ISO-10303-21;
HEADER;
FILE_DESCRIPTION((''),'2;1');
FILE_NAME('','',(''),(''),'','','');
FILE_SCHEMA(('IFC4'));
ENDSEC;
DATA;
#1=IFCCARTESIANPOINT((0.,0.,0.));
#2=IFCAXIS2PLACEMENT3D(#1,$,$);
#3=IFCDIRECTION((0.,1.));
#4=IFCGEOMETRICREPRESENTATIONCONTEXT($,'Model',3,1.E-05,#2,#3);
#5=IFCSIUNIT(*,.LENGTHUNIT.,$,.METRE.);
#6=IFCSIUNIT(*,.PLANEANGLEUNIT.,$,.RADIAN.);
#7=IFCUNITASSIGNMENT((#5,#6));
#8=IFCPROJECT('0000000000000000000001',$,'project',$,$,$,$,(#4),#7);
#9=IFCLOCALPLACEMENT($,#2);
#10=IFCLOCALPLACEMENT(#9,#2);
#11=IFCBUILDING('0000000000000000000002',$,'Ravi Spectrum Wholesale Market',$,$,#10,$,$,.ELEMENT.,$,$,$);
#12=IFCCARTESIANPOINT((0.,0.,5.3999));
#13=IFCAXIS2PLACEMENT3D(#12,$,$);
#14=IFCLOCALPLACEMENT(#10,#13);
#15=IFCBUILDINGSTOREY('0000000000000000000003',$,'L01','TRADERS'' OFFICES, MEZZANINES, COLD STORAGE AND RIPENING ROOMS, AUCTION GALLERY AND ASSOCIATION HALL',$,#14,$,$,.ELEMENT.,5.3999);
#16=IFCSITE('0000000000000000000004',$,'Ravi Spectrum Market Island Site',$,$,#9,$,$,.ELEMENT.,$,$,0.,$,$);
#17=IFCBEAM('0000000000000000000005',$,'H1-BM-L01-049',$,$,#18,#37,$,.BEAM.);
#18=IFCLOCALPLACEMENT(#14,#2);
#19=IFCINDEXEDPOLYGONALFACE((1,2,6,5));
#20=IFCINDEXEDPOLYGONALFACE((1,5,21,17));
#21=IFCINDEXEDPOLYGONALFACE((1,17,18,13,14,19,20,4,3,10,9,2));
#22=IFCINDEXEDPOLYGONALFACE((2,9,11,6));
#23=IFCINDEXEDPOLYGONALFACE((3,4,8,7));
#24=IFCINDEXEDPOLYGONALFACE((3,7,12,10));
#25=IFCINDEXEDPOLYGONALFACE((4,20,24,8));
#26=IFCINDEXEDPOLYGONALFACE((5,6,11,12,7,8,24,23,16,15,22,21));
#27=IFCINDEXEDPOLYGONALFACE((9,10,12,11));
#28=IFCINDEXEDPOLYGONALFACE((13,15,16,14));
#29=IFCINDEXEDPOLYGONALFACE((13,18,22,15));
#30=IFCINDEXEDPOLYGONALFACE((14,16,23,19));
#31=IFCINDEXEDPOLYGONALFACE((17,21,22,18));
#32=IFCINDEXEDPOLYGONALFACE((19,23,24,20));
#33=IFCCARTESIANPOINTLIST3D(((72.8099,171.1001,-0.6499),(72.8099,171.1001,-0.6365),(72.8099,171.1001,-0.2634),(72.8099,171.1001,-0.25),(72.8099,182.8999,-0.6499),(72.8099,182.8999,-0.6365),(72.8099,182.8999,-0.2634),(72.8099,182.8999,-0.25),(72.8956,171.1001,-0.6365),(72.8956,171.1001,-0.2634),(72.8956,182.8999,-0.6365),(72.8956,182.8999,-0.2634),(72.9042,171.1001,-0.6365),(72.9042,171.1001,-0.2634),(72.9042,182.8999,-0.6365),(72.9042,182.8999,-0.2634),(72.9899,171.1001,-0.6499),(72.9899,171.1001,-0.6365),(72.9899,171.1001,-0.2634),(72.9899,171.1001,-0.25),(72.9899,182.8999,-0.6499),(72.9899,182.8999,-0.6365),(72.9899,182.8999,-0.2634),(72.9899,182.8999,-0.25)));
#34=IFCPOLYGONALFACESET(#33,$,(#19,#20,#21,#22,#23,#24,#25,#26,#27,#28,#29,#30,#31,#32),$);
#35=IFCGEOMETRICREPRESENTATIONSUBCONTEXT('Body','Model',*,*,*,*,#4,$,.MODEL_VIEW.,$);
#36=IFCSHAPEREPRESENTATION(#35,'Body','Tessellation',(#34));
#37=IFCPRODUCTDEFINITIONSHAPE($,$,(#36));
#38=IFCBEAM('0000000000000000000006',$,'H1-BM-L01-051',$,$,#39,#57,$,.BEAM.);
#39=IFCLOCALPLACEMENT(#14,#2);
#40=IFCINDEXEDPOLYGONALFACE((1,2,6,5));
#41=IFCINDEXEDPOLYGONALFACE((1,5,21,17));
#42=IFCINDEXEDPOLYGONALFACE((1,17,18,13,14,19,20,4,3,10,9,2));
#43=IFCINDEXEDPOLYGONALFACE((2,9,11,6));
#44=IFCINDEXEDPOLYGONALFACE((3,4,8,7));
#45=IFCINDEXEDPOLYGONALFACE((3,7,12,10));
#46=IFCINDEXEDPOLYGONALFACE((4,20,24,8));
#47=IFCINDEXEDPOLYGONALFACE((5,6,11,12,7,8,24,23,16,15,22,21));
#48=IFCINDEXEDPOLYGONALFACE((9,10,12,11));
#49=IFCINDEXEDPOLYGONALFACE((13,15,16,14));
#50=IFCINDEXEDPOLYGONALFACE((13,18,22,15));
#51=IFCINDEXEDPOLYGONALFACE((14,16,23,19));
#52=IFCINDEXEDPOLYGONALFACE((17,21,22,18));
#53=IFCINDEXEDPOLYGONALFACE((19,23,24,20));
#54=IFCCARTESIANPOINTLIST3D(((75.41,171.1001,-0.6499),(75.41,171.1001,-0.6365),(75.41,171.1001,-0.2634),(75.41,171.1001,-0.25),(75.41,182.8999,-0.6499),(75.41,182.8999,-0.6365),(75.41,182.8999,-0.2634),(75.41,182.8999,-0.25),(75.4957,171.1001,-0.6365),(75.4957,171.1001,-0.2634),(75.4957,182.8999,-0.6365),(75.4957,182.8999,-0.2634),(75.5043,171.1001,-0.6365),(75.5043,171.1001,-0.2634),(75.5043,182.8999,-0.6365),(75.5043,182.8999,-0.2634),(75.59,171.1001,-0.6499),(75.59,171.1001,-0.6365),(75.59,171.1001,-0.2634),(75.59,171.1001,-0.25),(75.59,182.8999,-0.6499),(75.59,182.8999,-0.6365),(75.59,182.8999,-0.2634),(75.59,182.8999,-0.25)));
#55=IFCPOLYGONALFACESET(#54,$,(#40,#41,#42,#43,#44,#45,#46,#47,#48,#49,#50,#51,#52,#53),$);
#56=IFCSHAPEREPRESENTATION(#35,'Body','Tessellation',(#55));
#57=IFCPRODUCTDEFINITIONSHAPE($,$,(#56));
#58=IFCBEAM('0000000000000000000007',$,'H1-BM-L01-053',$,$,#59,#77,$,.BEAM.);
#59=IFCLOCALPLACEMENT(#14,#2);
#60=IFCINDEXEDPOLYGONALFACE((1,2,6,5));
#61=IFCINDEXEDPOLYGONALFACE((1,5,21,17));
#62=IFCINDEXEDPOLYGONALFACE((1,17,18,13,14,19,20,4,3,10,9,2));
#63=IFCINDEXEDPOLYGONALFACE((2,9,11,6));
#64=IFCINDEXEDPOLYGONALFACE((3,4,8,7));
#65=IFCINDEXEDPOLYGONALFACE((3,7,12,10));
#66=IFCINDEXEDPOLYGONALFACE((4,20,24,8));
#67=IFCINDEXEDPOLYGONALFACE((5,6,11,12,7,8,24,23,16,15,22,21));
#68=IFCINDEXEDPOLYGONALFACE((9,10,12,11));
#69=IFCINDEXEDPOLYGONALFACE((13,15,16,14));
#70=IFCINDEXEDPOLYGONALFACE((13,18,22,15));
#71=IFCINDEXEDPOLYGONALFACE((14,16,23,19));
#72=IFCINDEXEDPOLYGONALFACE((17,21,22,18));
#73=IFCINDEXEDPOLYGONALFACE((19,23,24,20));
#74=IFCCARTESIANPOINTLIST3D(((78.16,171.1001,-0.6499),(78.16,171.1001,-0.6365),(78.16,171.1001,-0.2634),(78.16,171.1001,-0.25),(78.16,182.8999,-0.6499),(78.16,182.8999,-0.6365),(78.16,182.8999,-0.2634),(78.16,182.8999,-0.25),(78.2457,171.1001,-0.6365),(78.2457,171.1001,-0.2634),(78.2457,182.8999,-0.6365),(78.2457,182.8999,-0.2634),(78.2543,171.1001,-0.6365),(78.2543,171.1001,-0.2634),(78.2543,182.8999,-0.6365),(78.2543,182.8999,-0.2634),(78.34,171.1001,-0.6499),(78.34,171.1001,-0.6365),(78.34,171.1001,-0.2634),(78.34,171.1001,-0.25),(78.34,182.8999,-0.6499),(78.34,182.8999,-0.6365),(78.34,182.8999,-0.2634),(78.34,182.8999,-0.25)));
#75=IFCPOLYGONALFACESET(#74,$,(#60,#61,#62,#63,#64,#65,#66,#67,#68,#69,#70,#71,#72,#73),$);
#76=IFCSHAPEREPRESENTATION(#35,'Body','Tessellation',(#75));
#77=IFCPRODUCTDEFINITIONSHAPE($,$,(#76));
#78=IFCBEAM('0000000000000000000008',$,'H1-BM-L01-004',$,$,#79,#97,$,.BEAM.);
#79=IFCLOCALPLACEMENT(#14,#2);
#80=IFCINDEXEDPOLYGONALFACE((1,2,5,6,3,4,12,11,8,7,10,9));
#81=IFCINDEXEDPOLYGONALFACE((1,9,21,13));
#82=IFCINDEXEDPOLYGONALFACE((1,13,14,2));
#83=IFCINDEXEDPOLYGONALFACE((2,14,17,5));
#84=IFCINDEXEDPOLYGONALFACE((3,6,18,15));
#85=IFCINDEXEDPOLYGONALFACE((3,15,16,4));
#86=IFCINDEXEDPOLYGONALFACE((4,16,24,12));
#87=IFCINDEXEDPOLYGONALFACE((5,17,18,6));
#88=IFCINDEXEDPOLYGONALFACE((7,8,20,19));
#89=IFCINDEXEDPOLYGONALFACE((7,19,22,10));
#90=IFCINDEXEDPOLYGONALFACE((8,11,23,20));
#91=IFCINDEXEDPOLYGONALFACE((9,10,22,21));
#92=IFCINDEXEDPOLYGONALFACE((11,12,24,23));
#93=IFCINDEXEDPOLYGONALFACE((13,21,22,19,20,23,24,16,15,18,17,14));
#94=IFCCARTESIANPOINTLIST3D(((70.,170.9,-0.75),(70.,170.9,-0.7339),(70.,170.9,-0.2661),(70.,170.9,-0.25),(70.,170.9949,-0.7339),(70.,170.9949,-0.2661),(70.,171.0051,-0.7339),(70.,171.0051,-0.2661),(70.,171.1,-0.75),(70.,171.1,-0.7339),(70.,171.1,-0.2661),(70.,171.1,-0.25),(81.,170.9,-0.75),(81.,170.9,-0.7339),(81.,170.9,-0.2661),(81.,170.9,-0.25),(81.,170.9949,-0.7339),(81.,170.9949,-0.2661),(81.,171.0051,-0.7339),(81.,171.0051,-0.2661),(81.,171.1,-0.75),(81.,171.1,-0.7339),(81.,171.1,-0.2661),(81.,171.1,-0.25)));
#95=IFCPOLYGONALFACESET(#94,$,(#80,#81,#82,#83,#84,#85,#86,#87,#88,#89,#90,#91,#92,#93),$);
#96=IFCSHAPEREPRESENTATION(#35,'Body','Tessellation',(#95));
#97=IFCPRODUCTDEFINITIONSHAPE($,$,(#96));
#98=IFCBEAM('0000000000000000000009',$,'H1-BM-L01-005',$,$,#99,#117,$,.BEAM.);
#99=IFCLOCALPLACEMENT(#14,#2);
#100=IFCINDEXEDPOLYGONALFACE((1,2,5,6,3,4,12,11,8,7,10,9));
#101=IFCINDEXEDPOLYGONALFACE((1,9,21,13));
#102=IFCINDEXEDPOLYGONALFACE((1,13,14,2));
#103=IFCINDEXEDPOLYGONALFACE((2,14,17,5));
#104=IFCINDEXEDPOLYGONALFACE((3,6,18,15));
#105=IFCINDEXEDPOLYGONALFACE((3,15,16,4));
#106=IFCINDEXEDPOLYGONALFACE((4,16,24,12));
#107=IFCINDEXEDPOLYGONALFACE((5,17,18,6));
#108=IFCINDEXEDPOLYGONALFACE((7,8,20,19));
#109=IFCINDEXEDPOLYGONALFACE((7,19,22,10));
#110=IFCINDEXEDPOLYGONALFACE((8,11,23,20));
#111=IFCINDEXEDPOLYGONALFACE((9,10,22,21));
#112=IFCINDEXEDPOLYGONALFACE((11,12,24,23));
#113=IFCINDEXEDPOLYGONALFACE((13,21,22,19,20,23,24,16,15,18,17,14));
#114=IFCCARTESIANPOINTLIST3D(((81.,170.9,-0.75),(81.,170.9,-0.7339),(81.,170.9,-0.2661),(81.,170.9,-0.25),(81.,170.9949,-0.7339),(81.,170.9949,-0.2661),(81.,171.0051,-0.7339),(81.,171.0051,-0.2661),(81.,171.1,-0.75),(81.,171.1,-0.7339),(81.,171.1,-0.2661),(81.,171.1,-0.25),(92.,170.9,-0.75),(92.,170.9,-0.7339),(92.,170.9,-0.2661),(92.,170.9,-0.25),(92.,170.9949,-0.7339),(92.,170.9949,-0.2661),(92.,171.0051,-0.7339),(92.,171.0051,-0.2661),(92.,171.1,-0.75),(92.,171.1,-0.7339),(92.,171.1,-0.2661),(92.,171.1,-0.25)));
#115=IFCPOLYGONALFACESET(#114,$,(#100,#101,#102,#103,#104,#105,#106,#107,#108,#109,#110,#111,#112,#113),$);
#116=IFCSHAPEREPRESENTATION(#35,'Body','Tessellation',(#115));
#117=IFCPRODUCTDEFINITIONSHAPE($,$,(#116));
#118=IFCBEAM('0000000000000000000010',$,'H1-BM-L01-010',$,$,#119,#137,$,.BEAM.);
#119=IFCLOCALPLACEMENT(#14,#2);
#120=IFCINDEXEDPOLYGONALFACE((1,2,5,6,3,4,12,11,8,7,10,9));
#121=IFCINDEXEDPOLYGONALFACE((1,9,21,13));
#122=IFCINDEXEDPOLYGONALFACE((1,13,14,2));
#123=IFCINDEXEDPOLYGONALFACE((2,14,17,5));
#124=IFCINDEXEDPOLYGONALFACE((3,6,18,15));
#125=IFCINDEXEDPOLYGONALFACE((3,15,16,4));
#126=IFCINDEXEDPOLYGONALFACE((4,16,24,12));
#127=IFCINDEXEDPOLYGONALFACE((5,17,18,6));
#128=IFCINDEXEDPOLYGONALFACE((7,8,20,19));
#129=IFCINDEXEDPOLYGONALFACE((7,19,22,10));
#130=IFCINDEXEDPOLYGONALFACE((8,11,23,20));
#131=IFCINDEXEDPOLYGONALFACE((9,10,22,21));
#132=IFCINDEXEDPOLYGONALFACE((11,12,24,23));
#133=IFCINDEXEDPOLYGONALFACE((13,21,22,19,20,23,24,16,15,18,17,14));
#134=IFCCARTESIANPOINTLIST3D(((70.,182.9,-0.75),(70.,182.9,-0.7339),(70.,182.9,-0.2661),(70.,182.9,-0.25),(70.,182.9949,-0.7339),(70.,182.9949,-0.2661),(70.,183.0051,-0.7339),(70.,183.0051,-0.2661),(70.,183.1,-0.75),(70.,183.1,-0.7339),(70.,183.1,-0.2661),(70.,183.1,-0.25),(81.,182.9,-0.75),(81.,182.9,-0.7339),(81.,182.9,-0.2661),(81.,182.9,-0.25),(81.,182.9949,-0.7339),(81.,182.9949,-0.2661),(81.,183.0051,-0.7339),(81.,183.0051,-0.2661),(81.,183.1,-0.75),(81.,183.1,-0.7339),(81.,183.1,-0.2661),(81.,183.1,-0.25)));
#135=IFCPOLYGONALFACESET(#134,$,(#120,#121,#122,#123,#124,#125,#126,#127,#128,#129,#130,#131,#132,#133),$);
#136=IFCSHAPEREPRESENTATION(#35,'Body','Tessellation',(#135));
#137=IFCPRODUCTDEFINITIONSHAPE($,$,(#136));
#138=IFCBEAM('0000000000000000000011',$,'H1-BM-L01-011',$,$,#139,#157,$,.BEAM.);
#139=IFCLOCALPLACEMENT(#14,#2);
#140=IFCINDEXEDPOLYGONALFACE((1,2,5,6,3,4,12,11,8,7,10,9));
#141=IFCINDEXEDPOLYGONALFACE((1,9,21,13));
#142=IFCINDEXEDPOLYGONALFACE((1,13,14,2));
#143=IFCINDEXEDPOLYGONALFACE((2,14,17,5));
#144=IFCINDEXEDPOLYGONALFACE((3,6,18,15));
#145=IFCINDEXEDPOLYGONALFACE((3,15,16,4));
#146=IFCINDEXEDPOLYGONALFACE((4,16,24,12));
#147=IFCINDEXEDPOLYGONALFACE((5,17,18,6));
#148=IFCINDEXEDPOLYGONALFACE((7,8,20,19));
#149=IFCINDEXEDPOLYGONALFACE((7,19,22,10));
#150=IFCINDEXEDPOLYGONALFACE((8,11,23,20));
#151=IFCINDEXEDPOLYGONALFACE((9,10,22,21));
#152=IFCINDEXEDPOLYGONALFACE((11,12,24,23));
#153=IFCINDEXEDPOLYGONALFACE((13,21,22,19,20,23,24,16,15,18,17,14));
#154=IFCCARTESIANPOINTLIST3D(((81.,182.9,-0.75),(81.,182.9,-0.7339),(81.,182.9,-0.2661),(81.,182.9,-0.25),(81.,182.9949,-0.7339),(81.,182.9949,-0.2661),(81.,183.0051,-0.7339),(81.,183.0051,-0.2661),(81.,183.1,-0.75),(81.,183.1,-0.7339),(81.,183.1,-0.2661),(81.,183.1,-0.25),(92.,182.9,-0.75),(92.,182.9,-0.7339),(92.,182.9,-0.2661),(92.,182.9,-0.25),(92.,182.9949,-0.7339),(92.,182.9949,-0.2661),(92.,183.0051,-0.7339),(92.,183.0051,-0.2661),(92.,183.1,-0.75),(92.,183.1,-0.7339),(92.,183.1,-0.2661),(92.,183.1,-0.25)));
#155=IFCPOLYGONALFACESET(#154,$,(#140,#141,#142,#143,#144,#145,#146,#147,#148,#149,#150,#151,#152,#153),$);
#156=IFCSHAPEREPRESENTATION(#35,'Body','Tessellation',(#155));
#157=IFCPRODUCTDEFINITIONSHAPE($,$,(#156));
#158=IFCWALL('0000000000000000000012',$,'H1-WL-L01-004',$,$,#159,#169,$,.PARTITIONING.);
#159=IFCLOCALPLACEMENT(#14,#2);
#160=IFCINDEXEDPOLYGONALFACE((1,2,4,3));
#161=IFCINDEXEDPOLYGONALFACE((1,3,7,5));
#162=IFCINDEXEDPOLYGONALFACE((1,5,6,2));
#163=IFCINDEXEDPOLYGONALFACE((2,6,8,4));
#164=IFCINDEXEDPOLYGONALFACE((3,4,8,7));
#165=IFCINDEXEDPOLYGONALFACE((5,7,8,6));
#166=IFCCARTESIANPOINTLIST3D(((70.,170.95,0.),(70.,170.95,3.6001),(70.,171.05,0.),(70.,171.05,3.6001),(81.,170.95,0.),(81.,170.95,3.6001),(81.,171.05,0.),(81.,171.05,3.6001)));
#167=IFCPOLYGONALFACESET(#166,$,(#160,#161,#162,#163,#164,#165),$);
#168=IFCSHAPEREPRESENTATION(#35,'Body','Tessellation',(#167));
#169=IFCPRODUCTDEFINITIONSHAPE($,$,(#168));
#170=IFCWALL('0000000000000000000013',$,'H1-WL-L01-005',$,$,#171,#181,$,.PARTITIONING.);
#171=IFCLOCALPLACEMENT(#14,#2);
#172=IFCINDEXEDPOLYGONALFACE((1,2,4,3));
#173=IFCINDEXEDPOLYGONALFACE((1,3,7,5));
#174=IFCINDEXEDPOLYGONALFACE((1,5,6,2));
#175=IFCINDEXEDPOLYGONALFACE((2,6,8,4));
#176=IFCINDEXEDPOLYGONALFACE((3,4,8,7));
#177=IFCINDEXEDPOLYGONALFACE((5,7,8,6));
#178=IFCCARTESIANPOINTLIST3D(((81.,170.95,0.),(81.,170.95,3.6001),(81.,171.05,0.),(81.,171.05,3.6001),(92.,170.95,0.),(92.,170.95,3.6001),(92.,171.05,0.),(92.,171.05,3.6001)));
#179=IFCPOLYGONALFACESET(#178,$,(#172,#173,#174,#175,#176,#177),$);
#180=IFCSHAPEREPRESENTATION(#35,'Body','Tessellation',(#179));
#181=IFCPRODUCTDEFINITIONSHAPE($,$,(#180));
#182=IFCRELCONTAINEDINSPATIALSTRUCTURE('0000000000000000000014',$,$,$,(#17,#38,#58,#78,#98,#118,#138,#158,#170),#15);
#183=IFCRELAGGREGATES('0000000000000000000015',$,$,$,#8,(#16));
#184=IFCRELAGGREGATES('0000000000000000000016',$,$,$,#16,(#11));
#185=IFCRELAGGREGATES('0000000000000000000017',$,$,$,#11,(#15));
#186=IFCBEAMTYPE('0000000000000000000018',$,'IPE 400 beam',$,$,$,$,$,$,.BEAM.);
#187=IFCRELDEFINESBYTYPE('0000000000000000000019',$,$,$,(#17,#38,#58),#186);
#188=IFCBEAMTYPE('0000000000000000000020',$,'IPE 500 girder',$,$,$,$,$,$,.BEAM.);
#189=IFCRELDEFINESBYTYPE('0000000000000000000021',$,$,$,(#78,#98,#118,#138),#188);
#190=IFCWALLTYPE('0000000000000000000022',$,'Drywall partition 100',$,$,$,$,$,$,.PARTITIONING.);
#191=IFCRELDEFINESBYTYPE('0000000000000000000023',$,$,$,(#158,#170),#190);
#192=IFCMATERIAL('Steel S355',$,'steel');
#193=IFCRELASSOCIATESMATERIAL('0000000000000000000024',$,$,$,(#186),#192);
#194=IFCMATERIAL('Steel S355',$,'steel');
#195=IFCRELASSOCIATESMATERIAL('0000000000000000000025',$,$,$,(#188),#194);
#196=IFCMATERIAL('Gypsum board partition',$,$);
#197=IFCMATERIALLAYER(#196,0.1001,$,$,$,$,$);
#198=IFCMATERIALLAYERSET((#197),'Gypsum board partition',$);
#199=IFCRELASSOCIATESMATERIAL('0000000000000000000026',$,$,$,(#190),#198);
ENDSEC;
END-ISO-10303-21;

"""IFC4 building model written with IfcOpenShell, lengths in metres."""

from ifc_helpers import new_model, si_unit, direction, frame, frame_2d, origin, origin_2d, place, context, subcontext, project, spatial, rectangle, i_section, extrude, material, layer, layer_set, material_profile, profile_set, type_object, element, save


model = new_model("IFC4")

# Units and contexts
model_context = context("Model", 3, precision=1e-05, world=origin(), true_north=direction((0.0, 1.0)))
body_context = subcontext(model_context, "Body", "Model", "MODEL_VIEW")
ifc_project = project(units=[si_unit("LENGTHUNIT", "METRE"), si_unit("PLANEANGLEUNIT", "RADIAN")], contexts=[model_context])

# Site, building, storey
site_placement = place(None, origin())
site = spatial("IfcSite", under=ifc_project, at=site_placement, Name="Ravi Spectrum Market Island Site", CompositionType="ELEMENT", RefElevation=0.0)
building_placement = place(site_placement, origin())
building = spatial("IfcBuilding", under=site, at=building_placement, Name="Ravi Spectrum Wholesale Market", CompositionType="ELEMENT")
storey_placement = place(building_placement, frame((0.0, 0.0, 5.3999)))
storey = spatial("IfcBuildingStorey", under=building, at=storey_placement, Name="L01", Description="TRADERS' OFFICES, MEZZANINES, COLD STORAGE AND RIPENING ROOMS, AUCTION GALLERY AND ASSOCIATION HALL", CompositionType="ELEMENT", Elevation=5.3999)

# Beams
ifc_material_1 = material(Name="Steel S355", Category="steel")
ifc_material_profile_1 = material_profile(ifc_material_1, i_section(OverallWidth=0.1799, OverallDepth=0.3999, WebThickness=0.0085, FlangeThickness=0.0134, at=origin_2d()))
ifc_profile_set_1 = profile_set([ifc_material_profile_1], Name="Steel S355")
beam_type_1 = type_object("IfcBeamType", Name="IPE 400 beam", PredefinedType="BEAM", material=ifc_profile_set_1)
for number, where, z_axis, x_axis, name in (
    (1, (72.8999, 171.1001, -0.45), (0.0, 1.0, 0.0), (-1.0, 0.0, 0.0), "H1-BM-L01-049"),
    (2, (75.5, 171.1001, -0.45), (0.0, 1.0, 0.0), (-1.0, 0.0, 0.0), "H1-BM-L01-051"),
    (3, (78.25, 171.1001, -0.45), (0.0, 1.0, 0.0), (-1.0, 0.0, 0.0), "H1-BM-L01-053"),
):
    element("IfcBeam", number, at=place(storey_placement, frame(where, z_axis=z_axis, x_axis=x_axis)), inside=storey, type_object=beam_type_1, Name=name, PredefinedType="BEAM", context=body_context, shape_type="SweptSolid", body=[
        extrude(i_section(OverallWidth=0.1799, OverallDepth=0.3999, WebThickness=0.0085, FlangeThickness=0.0134, at=origin_2d()), origin(), (0.0, 0.0, 1.0), 11.7998),
    ])
ifc_material_2 = material(Name="Steel S355", Category="steel")
ifc_material_profile_2 = material_profile(ifc_material_2, i_section(OverallWidth=0.2, OverallDepth=0.5, WebThickness=0.0103, FlangeThickness=0.0161, at=origin_2d()))
ifc_profile_set_2 = profile_set([ifc_material_profile_2], Name="Steel S355")
beam_type_2 = type_object("IfcBeamType", Name="IPE 500 girder", PredefinedType="BEAM", material=ifc_profile_set_2)
for number, where, z_axis, x_axis, name in (
    (4, (70.0, 171.0, -0.5), (1.0, 0.0, 0.0), (0.0, 1.0, 0.0), "H1-BM-L01-004"),
    (5, (81.0, 171.0, -0.5), (1.0, 0.0, 0.0), (0.0, 1.0, 0.0), "H1-BM-L01-005"),
    (6, (70.0, 183.0, -0.5), (1.0, 0.0, 0.0), (0.0, 1.0, 0.0), "H1-BM-L01-010"),
    (7, (81.0, 183.0, -0.5), (1.0, 0.0, 0.0), (0.0, 1.0, 0.0), "H1-BM-L01-011"),
):
    element("IfcBeam", number, at=place(storey_placement, frame(where, z_axis=z_axis, x_axis=x_axis)), inside=storey, type_object=beam_type_2, Name=name, PredefinedType="BEAM", context=body_context, shape_type="SweptSolid", body=[
        extrude(i_section(OverallWidth=0.2, OverallDepth=0.5, WebThickness=0.0103, FlangeThickness=0.0161, at=origin_2d()), origin(), (0.0, 0.0, 1.0), 11.0),
    ])

# Walls
ifc_material_3 = material(Name="Gypsum board partition")
ifc_layer = layer(ifc_material_3, 0.1001)
ifc_layer_set = layer_set([ifc_layer], Name="Gypsum board partition")
wall_type = type_object("IfcWallType", Name="Drywall partition 100", PredefinedType="PARTITIONING", material=ifc_layer_set)
for number, where, z_axis, x_axis, name in (
    (8, (70.0, 171.0, 0.0), (0.0, 0.0, 1.0), (1.0, 0.0, 0.0), "H1-WL-L01-004"),
    (9, (81.0, 171.0, 0.0), (0.0, 0.0, 1.0), (1.0, 0.0, 0.0), "H1-WL-L01-005"),
):
    element("IfcWall", number, at=place(storey_placement, frame(where, z_axis=z_axis, x_axis=x_axis)), inside=storey, type_object=wall_type, Name=name, PredefinedType="PARTITIONING", context=body_context, shape_type="SweptSolid", body=[
        extrude(rectangle(XDim=11.0, YDim=0.1001, at=frame_2d((5.5, 0.0))), origin(), (0.0, 0.0, 1.0), 3.6001),
    ])

save(model, "model.ifc")
